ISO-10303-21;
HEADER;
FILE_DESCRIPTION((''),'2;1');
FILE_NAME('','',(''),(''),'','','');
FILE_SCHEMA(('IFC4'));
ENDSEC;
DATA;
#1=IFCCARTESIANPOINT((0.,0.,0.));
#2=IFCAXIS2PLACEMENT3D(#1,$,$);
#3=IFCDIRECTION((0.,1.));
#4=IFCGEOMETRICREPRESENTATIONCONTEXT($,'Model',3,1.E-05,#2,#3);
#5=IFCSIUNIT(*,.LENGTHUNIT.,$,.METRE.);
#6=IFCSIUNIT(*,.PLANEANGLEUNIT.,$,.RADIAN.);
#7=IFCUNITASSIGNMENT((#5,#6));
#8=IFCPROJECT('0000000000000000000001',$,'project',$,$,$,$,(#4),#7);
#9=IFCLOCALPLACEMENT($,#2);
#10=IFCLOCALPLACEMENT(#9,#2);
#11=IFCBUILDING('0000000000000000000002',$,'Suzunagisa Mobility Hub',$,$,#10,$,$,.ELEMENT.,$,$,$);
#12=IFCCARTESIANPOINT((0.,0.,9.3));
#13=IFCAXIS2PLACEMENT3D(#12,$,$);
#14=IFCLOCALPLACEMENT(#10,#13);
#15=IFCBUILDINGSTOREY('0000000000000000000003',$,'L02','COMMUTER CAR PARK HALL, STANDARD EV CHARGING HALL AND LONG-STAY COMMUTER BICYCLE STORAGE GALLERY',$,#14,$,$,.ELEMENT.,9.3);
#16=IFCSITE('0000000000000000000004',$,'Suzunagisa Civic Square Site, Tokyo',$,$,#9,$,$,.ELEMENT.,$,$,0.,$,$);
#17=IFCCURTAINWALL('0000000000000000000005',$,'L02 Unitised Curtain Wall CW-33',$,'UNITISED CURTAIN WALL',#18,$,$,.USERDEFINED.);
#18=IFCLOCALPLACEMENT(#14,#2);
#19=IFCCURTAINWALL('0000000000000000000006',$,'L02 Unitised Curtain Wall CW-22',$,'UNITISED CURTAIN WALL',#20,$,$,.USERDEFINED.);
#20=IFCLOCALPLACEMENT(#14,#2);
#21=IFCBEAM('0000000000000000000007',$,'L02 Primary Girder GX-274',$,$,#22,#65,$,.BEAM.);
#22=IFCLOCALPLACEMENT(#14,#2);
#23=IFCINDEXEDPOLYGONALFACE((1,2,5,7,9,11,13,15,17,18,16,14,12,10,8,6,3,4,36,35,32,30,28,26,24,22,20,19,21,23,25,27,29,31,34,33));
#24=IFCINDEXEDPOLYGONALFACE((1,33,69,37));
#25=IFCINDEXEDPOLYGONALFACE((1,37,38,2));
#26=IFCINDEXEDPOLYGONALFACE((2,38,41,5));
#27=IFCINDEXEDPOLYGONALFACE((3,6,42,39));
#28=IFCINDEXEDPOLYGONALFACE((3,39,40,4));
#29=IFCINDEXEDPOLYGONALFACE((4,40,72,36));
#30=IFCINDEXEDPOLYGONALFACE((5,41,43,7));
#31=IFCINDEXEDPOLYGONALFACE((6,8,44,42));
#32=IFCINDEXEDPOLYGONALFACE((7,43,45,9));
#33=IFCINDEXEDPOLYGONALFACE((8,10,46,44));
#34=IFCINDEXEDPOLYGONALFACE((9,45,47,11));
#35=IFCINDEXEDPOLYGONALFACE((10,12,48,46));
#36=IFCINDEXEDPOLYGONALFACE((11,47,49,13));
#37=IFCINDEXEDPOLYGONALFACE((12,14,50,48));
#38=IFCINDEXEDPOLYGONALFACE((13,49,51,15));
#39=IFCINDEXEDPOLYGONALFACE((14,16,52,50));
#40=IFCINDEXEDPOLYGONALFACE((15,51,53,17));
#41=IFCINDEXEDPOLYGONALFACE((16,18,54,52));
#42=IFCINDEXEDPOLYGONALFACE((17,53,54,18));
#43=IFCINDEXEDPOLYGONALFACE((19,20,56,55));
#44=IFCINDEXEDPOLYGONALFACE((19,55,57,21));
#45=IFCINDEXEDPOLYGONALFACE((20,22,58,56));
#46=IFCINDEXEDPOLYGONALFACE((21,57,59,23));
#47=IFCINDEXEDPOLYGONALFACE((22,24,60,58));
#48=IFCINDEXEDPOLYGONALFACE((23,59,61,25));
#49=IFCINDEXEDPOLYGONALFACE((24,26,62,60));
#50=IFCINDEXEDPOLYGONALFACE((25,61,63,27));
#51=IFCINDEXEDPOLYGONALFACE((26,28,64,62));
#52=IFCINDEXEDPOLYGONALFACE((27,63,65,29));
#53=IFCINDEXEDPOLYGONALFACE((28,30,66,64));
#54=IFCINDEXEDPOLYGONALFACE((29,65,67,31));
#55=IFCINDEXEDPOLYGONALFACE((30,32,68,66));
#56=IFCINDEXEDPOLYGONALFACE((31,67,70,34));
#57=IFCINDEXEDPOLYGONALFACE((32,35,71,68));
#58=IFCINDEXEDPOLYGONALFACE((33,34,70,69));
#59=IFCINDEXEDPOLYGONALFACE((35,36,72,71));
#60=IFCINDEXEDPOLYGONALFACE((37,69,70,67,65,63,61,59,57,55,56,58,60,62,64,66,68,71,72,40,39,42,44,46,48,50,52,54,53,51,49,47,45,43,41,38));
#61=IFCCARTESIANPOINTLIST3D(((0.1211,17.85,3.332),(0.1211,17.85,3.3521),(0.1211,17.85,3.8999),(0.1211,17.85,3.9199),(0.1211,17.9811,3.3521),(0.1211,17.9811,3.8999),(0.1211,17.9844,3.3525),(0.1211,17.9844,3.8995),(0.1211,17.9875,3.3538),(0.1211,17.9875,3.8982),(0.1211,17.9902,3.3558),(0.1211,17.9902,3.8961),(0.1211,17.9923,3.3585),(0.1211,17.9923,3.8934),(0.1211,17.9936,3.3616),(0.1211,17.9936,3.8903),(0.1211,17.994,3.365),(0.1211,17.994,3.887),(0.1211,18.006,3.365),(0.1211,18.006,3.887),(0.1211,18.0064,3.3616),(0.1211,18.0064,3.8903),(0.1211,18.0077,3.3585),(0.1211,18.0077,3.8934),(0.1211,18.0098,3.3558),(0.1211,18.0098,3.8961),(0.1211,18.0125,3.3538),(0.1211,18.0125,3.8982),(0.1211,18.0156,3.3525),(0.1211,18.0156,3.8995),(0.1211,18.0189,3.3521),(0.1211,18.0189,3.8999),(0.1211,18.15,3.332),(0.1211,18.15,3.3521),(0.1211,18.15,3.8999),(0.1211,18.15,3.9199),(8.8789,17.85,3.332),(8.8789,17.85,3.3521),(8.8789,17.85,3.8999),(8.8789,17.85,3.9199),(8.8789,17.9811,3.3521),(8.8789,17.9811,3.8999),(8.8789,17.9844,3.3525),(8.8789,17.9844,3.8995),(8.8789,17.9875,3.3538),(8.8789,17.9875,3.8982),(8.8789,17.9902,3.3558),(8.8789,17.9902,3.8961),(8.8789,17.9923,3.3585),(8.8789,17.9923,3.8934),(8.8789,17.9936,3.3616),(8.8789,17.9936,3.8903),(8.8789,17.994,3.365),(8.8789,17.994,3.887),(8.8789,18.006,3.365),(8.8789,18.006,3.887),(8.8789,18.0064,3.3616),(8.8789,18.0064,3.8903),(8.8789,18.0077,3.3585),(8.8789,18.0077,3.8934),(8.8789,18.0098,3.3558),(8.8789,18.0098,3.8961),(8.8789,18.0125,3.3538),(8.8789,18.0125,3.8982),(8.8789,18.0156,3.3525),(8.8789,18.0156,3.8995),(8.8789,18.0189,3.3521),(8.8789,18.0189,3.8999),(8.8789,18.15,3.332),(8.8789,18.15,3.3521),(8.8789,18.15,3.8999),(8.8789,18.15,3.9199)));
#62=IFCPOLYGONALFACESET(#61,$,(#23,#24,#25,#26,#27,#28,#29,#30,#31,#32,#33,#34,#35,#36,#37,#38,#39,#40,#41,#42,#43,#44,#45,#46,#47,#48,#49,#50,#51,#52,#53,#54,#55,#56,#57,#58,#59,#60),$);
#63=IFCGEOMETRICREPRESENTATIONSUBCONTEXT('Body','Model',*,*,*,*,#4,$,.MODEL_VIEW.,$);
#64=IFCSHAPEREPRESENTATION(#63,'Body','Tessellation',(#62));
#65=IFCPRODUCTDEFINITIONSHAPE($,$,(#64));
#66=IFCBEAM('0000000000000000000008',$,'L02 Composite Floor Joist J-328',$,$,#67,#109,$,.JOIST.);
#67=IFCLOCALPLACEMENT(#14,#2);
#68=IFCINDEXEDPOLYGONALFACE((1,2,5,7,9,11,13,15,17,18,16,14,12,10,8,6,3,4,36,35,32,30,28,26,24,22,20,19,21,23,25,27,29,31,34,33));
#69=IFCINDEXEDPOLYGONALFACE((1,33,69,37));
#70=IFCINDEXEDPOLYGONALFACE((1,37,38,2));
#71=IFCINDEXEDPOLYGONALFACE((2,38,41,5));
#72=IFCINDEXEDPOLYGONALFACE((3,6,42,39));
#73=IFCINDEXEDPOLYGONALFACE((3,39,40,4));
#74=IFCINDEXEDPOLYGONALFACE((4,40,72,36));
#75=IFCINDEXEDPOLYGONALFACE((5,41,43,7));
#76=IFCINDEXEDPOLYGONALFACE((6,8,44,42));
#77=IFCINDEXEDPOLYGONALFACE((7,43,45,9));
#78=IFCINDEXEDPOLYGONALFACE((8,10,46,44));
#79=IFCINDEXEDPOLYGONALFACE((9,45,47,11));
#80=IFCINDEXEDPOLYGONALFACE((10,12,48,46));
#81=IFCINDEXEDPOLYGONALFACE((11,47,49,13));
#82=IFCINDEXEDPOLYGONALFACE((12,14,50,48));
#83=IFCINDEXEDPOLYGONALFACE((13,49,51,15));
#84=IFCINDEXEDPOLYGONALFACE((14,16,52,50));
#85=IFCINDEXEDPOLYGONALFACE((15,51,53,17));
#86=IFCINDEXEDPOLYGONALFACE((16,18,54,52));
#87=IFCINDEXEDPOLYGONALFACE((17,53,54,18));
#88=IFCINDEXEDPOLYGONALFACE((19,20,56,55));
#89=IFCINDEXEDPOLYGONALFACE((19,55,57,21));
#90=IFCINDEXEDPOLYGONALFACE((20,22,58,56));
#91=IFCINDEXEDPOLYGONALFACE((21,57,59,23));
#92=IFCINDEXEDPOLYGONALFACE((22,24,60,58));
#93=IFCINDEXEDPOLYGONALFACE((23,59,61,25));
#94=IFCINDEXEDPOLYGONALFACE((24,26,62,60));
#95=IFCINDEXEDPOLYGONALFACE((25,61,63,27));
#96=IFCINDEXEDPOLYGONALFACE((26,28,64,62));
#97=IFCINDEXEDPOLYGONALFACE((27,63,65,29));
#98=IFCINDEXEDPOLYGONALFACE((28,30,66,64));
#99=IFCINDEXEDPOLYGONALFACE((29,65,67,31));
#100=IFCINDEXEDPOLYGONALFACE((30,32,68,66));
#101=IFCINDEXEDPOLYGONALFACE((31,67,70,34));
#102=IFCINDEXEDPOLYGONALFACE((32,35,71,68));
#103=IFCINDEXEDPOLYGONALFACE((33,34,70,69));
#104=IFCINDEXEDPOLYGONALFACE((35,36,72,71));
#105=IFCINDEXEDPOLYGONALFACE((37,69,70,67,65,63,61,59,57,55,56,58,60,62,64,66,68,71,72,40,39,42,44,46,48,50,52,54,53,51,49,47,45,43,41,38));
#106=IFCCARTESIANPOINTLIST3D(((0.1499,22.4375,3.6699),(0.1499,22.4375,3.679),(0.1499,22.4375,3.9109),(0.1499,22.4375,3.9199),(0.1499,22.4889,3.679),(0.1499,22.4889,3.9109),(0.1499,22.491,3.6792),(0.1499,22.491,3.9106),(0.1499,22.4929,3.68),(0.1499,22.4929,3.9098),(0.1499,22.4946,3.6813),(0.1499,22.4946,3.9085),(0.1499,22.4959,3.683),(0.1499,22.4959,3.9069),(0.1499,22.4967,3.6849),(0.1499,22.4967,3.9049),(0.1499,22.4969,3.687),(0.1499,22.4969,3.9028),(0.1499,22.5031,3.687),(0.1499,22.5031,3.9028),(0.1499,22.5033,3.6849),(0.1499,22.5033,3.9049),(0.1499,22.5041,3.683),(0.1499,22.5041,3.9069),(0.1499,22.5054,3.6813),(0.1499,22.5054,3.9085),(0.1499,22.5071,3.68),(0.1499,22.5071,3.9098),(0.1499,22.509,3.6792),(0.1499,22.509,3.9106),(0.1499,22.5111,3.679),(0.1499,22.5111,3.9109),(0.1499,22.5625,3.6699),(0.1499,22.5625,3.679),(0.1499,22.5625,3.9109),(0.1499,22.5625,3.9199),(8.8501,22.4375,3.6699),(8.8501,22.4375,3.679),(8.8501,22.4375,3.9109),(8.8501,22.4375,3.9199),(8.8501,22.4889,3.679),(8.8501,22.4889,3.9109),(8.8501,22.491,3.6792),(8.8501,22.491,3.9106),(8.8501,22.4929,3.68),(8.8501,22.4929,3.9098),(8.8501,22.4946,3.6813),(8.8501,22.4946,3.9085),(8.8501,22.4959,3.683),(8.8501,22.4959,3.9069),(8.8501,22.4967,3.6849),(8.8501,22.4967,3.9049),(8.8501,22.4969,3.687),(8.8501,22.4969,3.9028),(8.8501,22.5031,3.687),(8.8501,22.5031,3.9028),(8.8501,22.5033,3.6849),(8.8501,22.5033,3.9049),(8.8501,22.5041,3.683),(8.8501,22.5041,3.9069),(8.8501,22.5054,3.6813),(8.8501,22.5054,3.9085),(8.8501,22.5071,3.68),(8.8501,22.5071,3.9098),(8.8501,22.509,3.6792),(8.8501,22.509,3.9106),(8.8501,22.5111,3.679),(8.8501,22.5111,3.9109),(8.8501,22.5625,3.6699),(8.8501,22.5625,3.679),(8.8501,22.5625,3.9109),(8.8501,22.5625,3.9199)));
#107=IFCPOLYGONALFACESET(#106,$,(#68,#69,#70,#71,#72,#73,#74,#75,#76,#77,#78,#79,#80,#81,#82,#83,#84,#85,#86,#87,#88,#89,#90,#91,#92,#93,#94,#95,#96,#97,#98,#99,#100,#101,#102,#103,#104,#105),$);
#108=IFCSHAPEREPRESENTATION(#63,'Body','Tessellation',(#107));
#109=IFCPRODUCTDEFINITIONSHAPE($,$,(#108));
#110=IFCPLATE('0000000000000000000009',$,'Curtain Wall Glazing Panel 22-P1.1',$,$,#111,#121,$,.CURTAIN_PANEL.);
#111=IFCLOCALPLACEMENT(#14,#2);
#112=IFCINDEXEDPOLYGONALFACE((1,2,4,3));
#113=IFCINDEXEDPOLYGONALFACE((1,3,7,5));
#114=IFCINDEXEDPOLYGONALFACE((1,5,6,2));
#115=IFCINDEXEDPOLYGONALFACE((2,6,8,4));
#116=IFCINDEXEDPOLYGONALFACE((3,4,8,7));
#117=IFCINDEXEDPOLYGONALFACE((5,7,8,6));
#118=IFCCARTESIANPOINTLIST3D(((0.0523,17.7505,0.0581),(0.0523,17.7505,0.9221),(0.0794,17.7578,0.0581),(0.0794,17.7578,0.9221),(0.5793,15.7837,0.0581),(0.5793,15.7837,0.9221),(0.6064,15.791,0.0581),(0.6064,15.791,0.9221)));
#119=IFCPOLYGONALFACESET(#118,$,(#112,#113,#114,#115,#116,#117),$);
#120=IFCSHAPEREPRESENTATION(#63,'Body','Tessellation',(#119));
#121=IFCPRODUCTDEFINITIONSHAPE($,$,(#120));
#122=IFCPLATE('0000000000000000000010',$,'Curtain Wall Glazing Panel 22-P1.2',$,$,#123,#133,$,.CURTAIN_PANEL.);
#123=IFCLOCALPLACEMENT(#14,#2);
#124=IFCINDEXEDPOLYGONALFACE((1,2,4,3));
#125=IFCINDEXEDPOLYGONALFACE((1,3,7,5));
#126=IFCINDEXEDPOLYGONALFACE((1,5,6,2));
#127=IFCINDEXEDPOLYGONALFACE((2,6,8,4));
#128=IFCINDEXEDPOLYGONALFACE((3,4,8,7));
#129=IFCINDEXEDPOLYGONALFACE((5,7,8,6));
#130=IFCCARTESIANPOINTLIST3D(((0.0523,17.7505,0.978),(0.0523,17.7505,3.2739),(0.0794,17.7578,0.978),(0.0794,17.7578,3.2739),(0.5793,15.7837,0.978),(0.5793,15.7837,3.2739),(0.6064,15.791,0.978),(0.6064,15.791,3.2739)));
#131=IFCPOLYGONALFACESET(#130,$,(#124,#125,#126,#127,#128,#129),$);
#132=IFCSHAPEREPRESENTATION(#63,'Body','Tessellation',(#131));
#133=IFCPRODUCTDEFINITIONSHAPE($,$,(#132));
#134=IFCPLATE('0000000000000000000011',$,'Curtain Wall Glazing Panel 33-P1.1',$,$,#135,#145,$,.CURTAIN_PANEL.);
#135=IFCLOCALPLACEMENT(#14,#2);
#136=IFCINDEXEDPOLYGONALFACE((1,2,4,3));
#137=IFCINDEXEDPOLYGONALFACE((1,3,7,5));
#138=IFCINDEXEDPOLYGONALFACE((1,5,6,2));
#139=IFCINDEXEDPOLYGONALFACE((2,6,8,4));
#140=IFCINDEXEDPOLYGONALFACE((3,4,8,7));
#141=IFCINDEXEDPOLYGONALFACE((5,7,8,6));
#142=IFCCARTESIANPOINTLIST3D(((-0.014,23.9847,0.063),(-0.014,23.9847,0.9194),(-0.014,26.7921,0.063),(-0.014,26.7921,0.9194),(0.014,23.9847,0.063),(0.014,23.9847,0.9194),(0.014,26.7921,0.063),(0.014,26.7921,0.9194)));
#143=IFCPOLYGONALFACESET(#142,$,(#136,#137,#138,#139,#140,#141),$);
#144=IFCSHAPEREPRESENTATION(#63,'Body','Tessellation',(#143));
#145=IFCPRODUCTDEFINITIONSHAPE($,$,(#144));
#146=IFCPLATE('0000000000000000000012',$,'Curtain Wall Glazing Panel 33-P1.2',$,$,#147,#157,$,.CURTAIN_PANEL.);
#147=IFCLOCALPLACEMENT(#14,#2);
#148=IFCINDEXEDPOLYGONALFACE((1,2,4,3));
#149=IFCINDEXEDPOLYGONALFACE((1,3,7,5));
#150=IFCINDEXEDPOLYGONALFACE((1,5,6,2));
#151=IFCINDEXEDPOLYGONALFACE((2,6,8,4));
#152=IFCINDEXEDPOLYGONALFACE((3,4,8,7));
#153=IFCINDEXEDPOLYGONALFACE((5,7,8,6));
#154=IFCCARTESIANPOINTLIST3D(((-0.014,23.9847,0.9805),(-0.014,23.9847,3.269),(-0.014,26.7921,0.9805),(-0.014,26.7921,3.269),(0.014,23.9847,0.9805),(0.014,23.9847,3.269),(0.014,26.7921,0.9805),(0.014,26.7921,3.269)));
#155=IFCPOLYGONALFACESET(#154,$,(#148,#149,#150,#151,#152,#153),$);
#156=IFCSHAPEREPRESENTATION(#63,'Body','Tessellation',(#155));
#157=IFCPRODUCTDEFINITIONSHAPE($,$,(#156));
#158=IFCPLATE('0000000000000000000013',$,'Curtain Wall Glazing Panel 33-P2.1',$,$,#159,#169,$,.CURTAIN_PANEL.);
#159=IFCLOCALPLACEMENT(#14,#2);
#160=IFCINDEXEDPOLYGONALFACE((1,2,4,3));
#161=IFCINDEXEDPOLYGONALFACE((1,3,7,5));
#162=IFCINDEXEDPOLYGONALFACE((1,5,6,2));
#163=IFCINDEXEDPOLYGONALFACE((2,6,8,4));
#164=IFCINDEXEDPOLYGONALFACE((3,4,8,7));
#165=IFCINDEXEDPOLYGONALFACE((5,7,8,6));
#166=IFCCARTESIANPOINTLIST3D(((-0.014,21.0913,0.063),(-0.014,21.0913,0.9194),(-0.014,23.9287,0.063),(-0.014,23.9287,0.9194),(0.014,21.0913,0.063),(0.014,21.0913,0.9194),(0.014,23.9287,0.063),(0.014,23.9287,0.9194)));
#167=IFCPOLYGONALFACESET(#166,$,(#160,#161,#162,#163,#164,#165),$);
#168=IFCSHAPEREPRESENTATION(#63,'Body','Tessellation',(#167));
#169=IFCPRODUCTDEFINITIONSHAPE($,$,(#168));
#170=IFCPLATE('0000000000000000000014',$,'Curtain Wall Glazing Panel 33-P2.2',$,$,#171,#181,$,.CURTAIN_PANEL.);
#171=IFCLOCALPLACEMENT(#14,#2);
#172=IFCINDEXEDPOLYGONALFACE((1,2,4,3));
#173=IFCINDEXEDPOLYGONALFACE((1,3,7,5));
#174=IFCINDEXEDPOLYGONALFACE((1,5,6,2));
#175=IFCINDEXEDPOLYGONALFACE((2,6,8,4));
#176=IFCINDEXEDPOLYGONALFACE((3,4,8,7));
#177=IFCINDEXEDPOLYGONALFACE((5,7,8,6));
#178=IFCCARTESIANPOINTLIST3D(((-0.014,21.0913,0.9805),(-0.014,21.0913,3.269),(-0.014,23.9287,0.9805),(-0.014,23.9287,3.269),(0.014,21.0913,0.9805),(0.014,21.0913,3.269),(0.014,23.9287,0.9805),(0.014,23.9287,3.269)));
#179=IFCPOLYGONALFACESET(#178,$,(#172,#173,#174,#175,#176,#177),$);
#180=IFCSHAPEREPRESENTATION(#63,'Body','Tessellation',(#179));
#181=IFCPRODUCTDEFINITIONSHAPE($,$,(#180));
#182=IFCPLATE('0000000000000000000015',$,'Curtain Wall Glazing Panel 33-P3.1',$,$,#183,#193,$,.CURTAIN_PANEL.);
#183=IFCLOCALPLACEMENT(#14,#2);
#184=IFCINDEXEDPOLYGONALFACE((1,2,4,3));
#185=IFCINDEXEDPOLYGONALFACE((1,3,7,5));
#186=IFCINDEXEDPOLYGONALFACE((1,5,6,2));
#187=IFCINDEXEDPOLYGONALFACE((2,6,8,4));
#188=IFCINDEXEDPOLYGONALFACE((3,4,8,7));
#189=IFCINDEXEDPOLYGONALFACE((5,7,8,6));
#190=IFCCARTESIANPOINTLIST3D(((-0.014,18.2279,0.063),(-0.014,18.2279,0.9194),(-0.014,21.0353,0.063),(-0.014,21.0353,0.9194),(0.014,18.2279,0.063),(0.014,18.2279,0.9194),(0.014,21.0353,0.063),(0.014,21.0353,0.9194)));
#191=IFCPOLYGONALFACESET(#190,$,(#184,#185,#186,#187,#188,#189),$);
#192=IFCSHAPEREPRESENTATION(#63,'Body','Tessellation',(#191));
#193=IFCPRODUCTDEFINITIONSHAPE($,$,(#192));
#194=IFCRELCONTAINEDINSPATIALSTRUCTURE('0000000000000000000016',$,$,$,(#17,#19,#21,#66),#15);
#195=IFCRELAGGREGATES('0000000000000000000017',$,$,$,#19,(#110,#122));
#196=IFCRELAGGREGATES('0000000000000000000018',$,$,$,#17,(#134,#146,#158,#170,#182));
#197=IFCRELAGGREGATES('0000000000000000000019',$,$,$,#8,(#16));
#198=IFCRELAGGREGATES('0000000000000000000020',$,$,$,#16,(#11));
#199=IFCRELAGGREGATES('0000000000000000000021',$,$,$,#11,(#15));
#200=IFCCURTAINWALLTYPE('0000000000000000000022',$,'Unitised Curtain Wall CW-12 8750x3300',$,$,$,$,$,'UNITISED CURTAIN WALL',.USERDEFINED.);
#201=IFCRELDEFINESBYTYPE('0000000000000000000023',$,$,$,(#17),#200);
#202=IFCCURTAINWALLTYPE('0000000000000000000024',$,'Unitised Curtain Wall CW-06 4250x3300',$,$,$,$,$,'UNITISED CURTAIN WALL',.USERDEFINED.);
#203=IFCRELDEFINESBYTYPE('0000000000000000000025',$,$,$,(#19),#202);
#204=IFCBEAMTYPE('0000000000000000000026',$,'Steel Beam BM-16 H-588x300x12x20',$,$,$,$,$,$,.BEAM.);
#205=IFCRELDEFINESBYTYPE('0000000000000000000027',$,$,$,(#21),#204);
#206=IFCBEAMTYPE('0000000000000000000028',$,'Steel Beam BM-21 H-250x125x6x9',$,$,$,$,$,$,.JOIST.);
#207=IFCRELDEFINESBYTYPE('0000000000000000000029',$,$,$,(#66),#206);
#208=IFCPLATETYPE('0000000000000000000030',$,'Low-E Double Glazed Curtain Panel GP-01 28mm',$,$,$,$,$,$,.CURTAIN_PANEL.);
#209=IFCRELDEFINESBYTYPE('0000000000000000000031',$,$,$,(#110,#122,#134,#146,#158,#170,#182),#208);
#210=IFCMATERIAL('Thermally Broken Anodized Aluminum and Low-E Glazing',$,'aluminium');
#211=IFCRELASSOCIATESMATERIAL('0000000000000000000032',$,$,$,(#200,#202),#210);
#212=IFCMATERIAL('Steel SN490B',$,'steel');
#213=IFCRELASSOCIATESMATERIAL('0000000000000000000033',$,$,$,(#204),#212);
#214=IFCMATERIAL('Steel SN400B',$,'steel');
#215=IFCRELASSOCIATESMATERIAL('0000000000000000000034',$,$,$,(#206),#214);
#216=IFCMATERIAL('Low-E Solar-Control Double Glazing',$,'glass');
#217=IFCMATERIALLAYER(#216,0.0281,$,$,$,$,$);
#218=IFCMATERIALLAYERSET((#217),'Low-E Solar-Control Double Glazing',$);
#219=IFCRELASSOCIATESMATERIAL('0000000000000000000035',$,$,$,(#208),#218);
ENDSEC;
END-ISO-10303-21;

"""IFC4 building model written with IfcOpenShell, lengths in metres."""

from ifc_helpers import new_model, si_unit, direction, frame, origin, origin_2d, place, context, subcontext, project, spatial, rectangle, i_section, extrude, material, layer, layer_set, material_profile, profile_set, type_object, element, aggregate, save


model = new_model("IFC4")

# Units and contexts
model_context = context("Model", 3, precision=1e-05, world=origin(), true_north=direction((0.0, 1.0)))
body_context = subcontext(model_context, "Body", "Model", "MODEL_VIEW")
ifc_project = project(units=[si_unit("LENGTHUNIT", "METRE"), si_unit("PLANEANGLEUNIT", "RADIAN")], contexts=[model_context])

# Site, building, storey
site_placement = place(None, origin())
site = spatial("IfcSite", under=ifc_project, at=site_placement, Name="Suzunagisa Civic Square Site, Tokyo", CompositionType="ELEMENT", RefElevation=0.0)
building_placement = place(site_placement, origin())
building = spatial("IfcBuilding", under=site, at=building_placement, Name="Suzunagisa Mobility Hub", CompositionType="ELEMENT")
storey_placement = place(building_placement, frame((0.0, 0.0, 9.3)))
storey = spatial("IfcBuildingStorey", under=building, at=storey_placement, Name="L02", Description="COMMUTER CAR PARK HALL, STANDARD EV CHARGING HALL AND LONG-STAY COMMUTER BICYCLE STORAGE GALLERY", CompositionType="ELEMENT", Elevation=9.3)

# Shared definitions
ifc_material_1 = material(Name="Steel SN490B", Category="steel")

# Curtain walls
ifc_material_2 = material(Name="Thermally Broken Anodized Aluminum and Low-E Glazing", Category="aluminium")
curtain_wall_type_1 = type_object("IfcCurtainWallType", Name="Unitised Curtain Wall CW-12 8750x3300", ElementType="UNITISED CURTAIN WALL", PredefinedType="USERDEFINED", material=ifc_material_2)
curtain_wall_1_placement = place(storey_placement, origin())
curtain_wall_1 = element("IfcCurtainWall", 1, at=curtain_wall_1_placement, inside=storey, type_object=curtain_wall_type_1, Name="L02 Unitised Curtain Wall CW-33", ObjectType="UNITISED CURTAIN WALL", PredefinedType="USERDEFINED")
curtain_wall_type_2 = type_object("IfcCurtainWallType", Name="Unitised Curtain Wall CW-06 4250x3300", ElementType="UNITISED CURTAIN WALL", PredefinedType="USERDEFINED", material=ifc_material_2)
curtain_wall_2_placement = place(storey_placement, origin())
curtain_wall_2 = element("IfcCurtainWall", 2, at=curtain_wall_2_placement, inside=storey, type_object=curtain_wall_type_2, Name="L02 Unitised Curtain Wall CW-22", ObjectType="UNITISED CURTAIN WALL", PredefinedType="USERDEFINED")

# Beams
ifc_material_profile_1 = material_profile(ifc_material_1, i_section(OverallWidth=0.3, OverallDepth=0.5879, WebThickness=0.012, FlangeThickness=0.02, FilletRadius=0.0129, at=origin_2d()), Name="H-588x300x12x20")
ifc_profile_set_1 = profile_set([ifc_material_profile_1], Name="Steel SN490B")
beam_type_1 = type_object("IfcBeamType", Name="Steel Beam BM-16 H-588x300x12x20", PredefinedType="BEAM", material=ifc_profile_set_1)
beam_1_placement = place(storey_placement, frame((0.1211, 18.0, 3.626), z_axis=(1.0, 0.0, 0.0), x_axis=(0.0, 1.0, 0.0)))
element("IfcBeam", 3, at=beam_1_placement, inside=storey, type_object=beam_type_1, Name="L02 Primary Girder GX-274", PredefinedType="BEAM", context=body_context, shape_type="SweptSolid", body=[
    extrude(i_section(OverallWidth=0.3, OverallDepth=0.5879, WebThickness=0.012, FlangeThickness=0.02, FilletRadius=0.0129, at=origin_2d()), origin(), (0.0, 0.0, 1.0), 8.7578),
])
ifc_material_3 = material(Name="Steel SN400B", Category="steel")
ifc_material_profile_2 = material_profile(ifc_material_3, i_section(OverallWidth=0.125, OverallDepth=0.25, WebThickness=0.0061, FlangeThickness=0.009, FilletRadius=0.0081, at=origin_2d()), Name="H-250x125x6x9")
ifc_profile_set_2 = profile_set([ifc_material_profile_2], Name="Steel SN400B")
beam_type_2 = type_object("IfcBeamType", Name="Steel Beam BM-21 H-250x125x6x9", PredefinedType="JOIST", material=ifc_profile_set_2)
beam_2_placement = place(storey_placement, frame((0.1499, 22.5, 3.7949), z_axis=(1.0, 0.0, 0.0), x_axis=(0.0, 1.0, 0.0)))
element("IfcBeam", 4, at=beam_2_placement, inside=storey, type_object=beam_type_2, Name="L02 Composite Floor Joist J-328", PredefinedType="JOIST", context=body_context, shape_type="SweptSolid", body=[
    extrude(i_section(OverallWidth=0.125, OverallDepth=0.25, WebThickness=0.0061, FlangeThickness=0.009, FilletRadius=0.0081, at=origin_2d()), origin(), (0.0, 0.0, 1.0), 8.7002),
])

# Plates
ifc_material_4 = material(Name="Low-E Solar-Control Double Glazing", Category="glass")
ifc_layer = layer(ifc_material_4, 0.0281)
ifc_layer_set = layer_set([ifc_layer], Name="Low-E Solar-Control Double Glazing")
plate_type = type_object("IfcPlateType", Name="Low-E Double Glazed Curtain Panel GP-01 28mm", PredefinedType="CURTAIN_PANEL", material=ifc_layer_set)
plate_1_placement = place(storey_placement, frame((0.3293, 16.7708, 0.0581), z_axis=(0.0, 0.0, 1.0), x_axis=(0.258811, -0.965928, 0.0)))
plate_1 = element("IfcPlate", 5, at=plate_1_placement, type_object=plate_type, Name="Curtain Wall Glazing Panel 22-P1.1", PredefinedType="CURTAIN_PANEL", context=body_context, shape_type="SweptSolid", body=[
    extrude(rectangle(XDim=2.0361, YDim=0.0281, at=origin_2d()), origin(), (0.0, 0.0, 1.0), 0.864),
])
plate_2_placement = place(storey_placement, frame((0.3293, 16.7708, 0.978), z_axis=(0.0, 0.0, 1.0), x_axis=(0.258811, -0.965928, 0.0)))
plate_2 = element("IfcPlate", 6, at=plate_2_placement, type_object=plate_type, Name="Curtain Wall Glazing Panel 22-P1.2", PredefinedType="CURTAIN_PANEL", context=body_context, shape_type="SweptSolid", body=[
    extrude(rectangle(XDim=2.0361, YDim=0.0281, at=origin_2d()), origin(), (0.0, 0.0, 1.0), 2.2959),
])
aggregate(curtain_wall_2, [plate_1, plate_2])
plate_3_placement = place(storey_placement, frame((0.0, 25.3884, 0.063), z_axis=(0.0, 0.0, 1.0), x_axis=(0.0, -1.0, 0.0)))
plate_3 = element("IfcPlate", 7, at=plate_3_placement, type_object=plate_type, Name="Curtain Wall Glazing Panel 33-P1.1", PredefinedType="CURTAIN_PANEL", context=body_context, shape_type="SweptSolid", body=[
    extrude(rectangle(XDim=2.8074, YDim=0.0281, at=origin_2d()), origin(), (0.0, 0.0, 1.0), 0.8564),
])
plate_4_placement = place(storey_placement, frame((0.0, 25.3884, 0.9805), z_axis=(0.0, 0.0, 1.0), x_axis=(0.0, -1.0, 0.0)))
plate_4 = element("IfcPlate", 8, at=plate_4_placement, type_object=plate_type, Name="Curtain Wall Glazing Panel 33-P1.2", PredefinedType="CURTAIN_PANEL", context=body_context, shape_type="SweptSolid", body=[
    extrude(rectangle(XDim=2.8074, YDim=0.0281, at=origin_2d()), origin(), (0.0, 0.0, 1.0), 2.2886),
])
plate_5_placement = place(storey_placement, frame((0.0, 22.51, 0.063), z_axis=(0.0, 0.0, 1.0), x_axis=(0.0, -1.0, 0.0)))
plate_5 = element("IfcPlate", 9, at=plate_5_placement, type_object=plate_type, Name="Curtain Wall Glazing Panel 33-P2.1", PredefinedType="CURTAIN_PANEL", context=body_context, shape_type="SweptSolid", body=[
    extrude(rectangle(XDim=2.8374, YDim=0.0281, at=origin_2d()), origin(), (0.0, 0.0, 1.0), 0.8564),
])
plate_6_placement = place(storey_placement, frame((0.0, 22.51, 0.9805), z_axis=(0.0, 0.0, 1.0), x_axis=(0.0, -1.0, 0.0)))
plate_6 = element("IfcPlate", 10, at=plate_6_placement, type_object=plate_type, Name="Curtain Wall Glazing Panel 33-P2.2", PredefinedType="CURTAIN_PANEL", context=body_context, shape_type="SweptSolid", body=[
    extrude(rectangle(XDim=2.8374, YDim=0.0281, at=origin_2d()), origin(), (0.0, 0.0, 1.0), 2.2886),
])
plate_7_placement = place(storey_placement, frame((0.0, 19.6316, 0.063), z_axis=(0.0, 0.0, 1.0), x_axis=(0.0, -1.0, 0.0)))
plate_7 = element("IfcPlate", 11, at=plate_7_placement, type_object=plate_type, Name="Curtain Wall Glazing Panel 33-P3.1", PredefinedType="CURTAIN_PANEL", context=body_context, shape_type="SweptSolid", body=[
    extrude(rectangle(XDim=2.8074, YDim=0.0281, at=origin_2d()), origin(), (0.0, 0.0, 1.0), 0.8564),
])
aggregate(curtain_wall_1, [plate_3, plate_4, plate_5, plate_6, plate_7])

save(model, "model.ifc")
